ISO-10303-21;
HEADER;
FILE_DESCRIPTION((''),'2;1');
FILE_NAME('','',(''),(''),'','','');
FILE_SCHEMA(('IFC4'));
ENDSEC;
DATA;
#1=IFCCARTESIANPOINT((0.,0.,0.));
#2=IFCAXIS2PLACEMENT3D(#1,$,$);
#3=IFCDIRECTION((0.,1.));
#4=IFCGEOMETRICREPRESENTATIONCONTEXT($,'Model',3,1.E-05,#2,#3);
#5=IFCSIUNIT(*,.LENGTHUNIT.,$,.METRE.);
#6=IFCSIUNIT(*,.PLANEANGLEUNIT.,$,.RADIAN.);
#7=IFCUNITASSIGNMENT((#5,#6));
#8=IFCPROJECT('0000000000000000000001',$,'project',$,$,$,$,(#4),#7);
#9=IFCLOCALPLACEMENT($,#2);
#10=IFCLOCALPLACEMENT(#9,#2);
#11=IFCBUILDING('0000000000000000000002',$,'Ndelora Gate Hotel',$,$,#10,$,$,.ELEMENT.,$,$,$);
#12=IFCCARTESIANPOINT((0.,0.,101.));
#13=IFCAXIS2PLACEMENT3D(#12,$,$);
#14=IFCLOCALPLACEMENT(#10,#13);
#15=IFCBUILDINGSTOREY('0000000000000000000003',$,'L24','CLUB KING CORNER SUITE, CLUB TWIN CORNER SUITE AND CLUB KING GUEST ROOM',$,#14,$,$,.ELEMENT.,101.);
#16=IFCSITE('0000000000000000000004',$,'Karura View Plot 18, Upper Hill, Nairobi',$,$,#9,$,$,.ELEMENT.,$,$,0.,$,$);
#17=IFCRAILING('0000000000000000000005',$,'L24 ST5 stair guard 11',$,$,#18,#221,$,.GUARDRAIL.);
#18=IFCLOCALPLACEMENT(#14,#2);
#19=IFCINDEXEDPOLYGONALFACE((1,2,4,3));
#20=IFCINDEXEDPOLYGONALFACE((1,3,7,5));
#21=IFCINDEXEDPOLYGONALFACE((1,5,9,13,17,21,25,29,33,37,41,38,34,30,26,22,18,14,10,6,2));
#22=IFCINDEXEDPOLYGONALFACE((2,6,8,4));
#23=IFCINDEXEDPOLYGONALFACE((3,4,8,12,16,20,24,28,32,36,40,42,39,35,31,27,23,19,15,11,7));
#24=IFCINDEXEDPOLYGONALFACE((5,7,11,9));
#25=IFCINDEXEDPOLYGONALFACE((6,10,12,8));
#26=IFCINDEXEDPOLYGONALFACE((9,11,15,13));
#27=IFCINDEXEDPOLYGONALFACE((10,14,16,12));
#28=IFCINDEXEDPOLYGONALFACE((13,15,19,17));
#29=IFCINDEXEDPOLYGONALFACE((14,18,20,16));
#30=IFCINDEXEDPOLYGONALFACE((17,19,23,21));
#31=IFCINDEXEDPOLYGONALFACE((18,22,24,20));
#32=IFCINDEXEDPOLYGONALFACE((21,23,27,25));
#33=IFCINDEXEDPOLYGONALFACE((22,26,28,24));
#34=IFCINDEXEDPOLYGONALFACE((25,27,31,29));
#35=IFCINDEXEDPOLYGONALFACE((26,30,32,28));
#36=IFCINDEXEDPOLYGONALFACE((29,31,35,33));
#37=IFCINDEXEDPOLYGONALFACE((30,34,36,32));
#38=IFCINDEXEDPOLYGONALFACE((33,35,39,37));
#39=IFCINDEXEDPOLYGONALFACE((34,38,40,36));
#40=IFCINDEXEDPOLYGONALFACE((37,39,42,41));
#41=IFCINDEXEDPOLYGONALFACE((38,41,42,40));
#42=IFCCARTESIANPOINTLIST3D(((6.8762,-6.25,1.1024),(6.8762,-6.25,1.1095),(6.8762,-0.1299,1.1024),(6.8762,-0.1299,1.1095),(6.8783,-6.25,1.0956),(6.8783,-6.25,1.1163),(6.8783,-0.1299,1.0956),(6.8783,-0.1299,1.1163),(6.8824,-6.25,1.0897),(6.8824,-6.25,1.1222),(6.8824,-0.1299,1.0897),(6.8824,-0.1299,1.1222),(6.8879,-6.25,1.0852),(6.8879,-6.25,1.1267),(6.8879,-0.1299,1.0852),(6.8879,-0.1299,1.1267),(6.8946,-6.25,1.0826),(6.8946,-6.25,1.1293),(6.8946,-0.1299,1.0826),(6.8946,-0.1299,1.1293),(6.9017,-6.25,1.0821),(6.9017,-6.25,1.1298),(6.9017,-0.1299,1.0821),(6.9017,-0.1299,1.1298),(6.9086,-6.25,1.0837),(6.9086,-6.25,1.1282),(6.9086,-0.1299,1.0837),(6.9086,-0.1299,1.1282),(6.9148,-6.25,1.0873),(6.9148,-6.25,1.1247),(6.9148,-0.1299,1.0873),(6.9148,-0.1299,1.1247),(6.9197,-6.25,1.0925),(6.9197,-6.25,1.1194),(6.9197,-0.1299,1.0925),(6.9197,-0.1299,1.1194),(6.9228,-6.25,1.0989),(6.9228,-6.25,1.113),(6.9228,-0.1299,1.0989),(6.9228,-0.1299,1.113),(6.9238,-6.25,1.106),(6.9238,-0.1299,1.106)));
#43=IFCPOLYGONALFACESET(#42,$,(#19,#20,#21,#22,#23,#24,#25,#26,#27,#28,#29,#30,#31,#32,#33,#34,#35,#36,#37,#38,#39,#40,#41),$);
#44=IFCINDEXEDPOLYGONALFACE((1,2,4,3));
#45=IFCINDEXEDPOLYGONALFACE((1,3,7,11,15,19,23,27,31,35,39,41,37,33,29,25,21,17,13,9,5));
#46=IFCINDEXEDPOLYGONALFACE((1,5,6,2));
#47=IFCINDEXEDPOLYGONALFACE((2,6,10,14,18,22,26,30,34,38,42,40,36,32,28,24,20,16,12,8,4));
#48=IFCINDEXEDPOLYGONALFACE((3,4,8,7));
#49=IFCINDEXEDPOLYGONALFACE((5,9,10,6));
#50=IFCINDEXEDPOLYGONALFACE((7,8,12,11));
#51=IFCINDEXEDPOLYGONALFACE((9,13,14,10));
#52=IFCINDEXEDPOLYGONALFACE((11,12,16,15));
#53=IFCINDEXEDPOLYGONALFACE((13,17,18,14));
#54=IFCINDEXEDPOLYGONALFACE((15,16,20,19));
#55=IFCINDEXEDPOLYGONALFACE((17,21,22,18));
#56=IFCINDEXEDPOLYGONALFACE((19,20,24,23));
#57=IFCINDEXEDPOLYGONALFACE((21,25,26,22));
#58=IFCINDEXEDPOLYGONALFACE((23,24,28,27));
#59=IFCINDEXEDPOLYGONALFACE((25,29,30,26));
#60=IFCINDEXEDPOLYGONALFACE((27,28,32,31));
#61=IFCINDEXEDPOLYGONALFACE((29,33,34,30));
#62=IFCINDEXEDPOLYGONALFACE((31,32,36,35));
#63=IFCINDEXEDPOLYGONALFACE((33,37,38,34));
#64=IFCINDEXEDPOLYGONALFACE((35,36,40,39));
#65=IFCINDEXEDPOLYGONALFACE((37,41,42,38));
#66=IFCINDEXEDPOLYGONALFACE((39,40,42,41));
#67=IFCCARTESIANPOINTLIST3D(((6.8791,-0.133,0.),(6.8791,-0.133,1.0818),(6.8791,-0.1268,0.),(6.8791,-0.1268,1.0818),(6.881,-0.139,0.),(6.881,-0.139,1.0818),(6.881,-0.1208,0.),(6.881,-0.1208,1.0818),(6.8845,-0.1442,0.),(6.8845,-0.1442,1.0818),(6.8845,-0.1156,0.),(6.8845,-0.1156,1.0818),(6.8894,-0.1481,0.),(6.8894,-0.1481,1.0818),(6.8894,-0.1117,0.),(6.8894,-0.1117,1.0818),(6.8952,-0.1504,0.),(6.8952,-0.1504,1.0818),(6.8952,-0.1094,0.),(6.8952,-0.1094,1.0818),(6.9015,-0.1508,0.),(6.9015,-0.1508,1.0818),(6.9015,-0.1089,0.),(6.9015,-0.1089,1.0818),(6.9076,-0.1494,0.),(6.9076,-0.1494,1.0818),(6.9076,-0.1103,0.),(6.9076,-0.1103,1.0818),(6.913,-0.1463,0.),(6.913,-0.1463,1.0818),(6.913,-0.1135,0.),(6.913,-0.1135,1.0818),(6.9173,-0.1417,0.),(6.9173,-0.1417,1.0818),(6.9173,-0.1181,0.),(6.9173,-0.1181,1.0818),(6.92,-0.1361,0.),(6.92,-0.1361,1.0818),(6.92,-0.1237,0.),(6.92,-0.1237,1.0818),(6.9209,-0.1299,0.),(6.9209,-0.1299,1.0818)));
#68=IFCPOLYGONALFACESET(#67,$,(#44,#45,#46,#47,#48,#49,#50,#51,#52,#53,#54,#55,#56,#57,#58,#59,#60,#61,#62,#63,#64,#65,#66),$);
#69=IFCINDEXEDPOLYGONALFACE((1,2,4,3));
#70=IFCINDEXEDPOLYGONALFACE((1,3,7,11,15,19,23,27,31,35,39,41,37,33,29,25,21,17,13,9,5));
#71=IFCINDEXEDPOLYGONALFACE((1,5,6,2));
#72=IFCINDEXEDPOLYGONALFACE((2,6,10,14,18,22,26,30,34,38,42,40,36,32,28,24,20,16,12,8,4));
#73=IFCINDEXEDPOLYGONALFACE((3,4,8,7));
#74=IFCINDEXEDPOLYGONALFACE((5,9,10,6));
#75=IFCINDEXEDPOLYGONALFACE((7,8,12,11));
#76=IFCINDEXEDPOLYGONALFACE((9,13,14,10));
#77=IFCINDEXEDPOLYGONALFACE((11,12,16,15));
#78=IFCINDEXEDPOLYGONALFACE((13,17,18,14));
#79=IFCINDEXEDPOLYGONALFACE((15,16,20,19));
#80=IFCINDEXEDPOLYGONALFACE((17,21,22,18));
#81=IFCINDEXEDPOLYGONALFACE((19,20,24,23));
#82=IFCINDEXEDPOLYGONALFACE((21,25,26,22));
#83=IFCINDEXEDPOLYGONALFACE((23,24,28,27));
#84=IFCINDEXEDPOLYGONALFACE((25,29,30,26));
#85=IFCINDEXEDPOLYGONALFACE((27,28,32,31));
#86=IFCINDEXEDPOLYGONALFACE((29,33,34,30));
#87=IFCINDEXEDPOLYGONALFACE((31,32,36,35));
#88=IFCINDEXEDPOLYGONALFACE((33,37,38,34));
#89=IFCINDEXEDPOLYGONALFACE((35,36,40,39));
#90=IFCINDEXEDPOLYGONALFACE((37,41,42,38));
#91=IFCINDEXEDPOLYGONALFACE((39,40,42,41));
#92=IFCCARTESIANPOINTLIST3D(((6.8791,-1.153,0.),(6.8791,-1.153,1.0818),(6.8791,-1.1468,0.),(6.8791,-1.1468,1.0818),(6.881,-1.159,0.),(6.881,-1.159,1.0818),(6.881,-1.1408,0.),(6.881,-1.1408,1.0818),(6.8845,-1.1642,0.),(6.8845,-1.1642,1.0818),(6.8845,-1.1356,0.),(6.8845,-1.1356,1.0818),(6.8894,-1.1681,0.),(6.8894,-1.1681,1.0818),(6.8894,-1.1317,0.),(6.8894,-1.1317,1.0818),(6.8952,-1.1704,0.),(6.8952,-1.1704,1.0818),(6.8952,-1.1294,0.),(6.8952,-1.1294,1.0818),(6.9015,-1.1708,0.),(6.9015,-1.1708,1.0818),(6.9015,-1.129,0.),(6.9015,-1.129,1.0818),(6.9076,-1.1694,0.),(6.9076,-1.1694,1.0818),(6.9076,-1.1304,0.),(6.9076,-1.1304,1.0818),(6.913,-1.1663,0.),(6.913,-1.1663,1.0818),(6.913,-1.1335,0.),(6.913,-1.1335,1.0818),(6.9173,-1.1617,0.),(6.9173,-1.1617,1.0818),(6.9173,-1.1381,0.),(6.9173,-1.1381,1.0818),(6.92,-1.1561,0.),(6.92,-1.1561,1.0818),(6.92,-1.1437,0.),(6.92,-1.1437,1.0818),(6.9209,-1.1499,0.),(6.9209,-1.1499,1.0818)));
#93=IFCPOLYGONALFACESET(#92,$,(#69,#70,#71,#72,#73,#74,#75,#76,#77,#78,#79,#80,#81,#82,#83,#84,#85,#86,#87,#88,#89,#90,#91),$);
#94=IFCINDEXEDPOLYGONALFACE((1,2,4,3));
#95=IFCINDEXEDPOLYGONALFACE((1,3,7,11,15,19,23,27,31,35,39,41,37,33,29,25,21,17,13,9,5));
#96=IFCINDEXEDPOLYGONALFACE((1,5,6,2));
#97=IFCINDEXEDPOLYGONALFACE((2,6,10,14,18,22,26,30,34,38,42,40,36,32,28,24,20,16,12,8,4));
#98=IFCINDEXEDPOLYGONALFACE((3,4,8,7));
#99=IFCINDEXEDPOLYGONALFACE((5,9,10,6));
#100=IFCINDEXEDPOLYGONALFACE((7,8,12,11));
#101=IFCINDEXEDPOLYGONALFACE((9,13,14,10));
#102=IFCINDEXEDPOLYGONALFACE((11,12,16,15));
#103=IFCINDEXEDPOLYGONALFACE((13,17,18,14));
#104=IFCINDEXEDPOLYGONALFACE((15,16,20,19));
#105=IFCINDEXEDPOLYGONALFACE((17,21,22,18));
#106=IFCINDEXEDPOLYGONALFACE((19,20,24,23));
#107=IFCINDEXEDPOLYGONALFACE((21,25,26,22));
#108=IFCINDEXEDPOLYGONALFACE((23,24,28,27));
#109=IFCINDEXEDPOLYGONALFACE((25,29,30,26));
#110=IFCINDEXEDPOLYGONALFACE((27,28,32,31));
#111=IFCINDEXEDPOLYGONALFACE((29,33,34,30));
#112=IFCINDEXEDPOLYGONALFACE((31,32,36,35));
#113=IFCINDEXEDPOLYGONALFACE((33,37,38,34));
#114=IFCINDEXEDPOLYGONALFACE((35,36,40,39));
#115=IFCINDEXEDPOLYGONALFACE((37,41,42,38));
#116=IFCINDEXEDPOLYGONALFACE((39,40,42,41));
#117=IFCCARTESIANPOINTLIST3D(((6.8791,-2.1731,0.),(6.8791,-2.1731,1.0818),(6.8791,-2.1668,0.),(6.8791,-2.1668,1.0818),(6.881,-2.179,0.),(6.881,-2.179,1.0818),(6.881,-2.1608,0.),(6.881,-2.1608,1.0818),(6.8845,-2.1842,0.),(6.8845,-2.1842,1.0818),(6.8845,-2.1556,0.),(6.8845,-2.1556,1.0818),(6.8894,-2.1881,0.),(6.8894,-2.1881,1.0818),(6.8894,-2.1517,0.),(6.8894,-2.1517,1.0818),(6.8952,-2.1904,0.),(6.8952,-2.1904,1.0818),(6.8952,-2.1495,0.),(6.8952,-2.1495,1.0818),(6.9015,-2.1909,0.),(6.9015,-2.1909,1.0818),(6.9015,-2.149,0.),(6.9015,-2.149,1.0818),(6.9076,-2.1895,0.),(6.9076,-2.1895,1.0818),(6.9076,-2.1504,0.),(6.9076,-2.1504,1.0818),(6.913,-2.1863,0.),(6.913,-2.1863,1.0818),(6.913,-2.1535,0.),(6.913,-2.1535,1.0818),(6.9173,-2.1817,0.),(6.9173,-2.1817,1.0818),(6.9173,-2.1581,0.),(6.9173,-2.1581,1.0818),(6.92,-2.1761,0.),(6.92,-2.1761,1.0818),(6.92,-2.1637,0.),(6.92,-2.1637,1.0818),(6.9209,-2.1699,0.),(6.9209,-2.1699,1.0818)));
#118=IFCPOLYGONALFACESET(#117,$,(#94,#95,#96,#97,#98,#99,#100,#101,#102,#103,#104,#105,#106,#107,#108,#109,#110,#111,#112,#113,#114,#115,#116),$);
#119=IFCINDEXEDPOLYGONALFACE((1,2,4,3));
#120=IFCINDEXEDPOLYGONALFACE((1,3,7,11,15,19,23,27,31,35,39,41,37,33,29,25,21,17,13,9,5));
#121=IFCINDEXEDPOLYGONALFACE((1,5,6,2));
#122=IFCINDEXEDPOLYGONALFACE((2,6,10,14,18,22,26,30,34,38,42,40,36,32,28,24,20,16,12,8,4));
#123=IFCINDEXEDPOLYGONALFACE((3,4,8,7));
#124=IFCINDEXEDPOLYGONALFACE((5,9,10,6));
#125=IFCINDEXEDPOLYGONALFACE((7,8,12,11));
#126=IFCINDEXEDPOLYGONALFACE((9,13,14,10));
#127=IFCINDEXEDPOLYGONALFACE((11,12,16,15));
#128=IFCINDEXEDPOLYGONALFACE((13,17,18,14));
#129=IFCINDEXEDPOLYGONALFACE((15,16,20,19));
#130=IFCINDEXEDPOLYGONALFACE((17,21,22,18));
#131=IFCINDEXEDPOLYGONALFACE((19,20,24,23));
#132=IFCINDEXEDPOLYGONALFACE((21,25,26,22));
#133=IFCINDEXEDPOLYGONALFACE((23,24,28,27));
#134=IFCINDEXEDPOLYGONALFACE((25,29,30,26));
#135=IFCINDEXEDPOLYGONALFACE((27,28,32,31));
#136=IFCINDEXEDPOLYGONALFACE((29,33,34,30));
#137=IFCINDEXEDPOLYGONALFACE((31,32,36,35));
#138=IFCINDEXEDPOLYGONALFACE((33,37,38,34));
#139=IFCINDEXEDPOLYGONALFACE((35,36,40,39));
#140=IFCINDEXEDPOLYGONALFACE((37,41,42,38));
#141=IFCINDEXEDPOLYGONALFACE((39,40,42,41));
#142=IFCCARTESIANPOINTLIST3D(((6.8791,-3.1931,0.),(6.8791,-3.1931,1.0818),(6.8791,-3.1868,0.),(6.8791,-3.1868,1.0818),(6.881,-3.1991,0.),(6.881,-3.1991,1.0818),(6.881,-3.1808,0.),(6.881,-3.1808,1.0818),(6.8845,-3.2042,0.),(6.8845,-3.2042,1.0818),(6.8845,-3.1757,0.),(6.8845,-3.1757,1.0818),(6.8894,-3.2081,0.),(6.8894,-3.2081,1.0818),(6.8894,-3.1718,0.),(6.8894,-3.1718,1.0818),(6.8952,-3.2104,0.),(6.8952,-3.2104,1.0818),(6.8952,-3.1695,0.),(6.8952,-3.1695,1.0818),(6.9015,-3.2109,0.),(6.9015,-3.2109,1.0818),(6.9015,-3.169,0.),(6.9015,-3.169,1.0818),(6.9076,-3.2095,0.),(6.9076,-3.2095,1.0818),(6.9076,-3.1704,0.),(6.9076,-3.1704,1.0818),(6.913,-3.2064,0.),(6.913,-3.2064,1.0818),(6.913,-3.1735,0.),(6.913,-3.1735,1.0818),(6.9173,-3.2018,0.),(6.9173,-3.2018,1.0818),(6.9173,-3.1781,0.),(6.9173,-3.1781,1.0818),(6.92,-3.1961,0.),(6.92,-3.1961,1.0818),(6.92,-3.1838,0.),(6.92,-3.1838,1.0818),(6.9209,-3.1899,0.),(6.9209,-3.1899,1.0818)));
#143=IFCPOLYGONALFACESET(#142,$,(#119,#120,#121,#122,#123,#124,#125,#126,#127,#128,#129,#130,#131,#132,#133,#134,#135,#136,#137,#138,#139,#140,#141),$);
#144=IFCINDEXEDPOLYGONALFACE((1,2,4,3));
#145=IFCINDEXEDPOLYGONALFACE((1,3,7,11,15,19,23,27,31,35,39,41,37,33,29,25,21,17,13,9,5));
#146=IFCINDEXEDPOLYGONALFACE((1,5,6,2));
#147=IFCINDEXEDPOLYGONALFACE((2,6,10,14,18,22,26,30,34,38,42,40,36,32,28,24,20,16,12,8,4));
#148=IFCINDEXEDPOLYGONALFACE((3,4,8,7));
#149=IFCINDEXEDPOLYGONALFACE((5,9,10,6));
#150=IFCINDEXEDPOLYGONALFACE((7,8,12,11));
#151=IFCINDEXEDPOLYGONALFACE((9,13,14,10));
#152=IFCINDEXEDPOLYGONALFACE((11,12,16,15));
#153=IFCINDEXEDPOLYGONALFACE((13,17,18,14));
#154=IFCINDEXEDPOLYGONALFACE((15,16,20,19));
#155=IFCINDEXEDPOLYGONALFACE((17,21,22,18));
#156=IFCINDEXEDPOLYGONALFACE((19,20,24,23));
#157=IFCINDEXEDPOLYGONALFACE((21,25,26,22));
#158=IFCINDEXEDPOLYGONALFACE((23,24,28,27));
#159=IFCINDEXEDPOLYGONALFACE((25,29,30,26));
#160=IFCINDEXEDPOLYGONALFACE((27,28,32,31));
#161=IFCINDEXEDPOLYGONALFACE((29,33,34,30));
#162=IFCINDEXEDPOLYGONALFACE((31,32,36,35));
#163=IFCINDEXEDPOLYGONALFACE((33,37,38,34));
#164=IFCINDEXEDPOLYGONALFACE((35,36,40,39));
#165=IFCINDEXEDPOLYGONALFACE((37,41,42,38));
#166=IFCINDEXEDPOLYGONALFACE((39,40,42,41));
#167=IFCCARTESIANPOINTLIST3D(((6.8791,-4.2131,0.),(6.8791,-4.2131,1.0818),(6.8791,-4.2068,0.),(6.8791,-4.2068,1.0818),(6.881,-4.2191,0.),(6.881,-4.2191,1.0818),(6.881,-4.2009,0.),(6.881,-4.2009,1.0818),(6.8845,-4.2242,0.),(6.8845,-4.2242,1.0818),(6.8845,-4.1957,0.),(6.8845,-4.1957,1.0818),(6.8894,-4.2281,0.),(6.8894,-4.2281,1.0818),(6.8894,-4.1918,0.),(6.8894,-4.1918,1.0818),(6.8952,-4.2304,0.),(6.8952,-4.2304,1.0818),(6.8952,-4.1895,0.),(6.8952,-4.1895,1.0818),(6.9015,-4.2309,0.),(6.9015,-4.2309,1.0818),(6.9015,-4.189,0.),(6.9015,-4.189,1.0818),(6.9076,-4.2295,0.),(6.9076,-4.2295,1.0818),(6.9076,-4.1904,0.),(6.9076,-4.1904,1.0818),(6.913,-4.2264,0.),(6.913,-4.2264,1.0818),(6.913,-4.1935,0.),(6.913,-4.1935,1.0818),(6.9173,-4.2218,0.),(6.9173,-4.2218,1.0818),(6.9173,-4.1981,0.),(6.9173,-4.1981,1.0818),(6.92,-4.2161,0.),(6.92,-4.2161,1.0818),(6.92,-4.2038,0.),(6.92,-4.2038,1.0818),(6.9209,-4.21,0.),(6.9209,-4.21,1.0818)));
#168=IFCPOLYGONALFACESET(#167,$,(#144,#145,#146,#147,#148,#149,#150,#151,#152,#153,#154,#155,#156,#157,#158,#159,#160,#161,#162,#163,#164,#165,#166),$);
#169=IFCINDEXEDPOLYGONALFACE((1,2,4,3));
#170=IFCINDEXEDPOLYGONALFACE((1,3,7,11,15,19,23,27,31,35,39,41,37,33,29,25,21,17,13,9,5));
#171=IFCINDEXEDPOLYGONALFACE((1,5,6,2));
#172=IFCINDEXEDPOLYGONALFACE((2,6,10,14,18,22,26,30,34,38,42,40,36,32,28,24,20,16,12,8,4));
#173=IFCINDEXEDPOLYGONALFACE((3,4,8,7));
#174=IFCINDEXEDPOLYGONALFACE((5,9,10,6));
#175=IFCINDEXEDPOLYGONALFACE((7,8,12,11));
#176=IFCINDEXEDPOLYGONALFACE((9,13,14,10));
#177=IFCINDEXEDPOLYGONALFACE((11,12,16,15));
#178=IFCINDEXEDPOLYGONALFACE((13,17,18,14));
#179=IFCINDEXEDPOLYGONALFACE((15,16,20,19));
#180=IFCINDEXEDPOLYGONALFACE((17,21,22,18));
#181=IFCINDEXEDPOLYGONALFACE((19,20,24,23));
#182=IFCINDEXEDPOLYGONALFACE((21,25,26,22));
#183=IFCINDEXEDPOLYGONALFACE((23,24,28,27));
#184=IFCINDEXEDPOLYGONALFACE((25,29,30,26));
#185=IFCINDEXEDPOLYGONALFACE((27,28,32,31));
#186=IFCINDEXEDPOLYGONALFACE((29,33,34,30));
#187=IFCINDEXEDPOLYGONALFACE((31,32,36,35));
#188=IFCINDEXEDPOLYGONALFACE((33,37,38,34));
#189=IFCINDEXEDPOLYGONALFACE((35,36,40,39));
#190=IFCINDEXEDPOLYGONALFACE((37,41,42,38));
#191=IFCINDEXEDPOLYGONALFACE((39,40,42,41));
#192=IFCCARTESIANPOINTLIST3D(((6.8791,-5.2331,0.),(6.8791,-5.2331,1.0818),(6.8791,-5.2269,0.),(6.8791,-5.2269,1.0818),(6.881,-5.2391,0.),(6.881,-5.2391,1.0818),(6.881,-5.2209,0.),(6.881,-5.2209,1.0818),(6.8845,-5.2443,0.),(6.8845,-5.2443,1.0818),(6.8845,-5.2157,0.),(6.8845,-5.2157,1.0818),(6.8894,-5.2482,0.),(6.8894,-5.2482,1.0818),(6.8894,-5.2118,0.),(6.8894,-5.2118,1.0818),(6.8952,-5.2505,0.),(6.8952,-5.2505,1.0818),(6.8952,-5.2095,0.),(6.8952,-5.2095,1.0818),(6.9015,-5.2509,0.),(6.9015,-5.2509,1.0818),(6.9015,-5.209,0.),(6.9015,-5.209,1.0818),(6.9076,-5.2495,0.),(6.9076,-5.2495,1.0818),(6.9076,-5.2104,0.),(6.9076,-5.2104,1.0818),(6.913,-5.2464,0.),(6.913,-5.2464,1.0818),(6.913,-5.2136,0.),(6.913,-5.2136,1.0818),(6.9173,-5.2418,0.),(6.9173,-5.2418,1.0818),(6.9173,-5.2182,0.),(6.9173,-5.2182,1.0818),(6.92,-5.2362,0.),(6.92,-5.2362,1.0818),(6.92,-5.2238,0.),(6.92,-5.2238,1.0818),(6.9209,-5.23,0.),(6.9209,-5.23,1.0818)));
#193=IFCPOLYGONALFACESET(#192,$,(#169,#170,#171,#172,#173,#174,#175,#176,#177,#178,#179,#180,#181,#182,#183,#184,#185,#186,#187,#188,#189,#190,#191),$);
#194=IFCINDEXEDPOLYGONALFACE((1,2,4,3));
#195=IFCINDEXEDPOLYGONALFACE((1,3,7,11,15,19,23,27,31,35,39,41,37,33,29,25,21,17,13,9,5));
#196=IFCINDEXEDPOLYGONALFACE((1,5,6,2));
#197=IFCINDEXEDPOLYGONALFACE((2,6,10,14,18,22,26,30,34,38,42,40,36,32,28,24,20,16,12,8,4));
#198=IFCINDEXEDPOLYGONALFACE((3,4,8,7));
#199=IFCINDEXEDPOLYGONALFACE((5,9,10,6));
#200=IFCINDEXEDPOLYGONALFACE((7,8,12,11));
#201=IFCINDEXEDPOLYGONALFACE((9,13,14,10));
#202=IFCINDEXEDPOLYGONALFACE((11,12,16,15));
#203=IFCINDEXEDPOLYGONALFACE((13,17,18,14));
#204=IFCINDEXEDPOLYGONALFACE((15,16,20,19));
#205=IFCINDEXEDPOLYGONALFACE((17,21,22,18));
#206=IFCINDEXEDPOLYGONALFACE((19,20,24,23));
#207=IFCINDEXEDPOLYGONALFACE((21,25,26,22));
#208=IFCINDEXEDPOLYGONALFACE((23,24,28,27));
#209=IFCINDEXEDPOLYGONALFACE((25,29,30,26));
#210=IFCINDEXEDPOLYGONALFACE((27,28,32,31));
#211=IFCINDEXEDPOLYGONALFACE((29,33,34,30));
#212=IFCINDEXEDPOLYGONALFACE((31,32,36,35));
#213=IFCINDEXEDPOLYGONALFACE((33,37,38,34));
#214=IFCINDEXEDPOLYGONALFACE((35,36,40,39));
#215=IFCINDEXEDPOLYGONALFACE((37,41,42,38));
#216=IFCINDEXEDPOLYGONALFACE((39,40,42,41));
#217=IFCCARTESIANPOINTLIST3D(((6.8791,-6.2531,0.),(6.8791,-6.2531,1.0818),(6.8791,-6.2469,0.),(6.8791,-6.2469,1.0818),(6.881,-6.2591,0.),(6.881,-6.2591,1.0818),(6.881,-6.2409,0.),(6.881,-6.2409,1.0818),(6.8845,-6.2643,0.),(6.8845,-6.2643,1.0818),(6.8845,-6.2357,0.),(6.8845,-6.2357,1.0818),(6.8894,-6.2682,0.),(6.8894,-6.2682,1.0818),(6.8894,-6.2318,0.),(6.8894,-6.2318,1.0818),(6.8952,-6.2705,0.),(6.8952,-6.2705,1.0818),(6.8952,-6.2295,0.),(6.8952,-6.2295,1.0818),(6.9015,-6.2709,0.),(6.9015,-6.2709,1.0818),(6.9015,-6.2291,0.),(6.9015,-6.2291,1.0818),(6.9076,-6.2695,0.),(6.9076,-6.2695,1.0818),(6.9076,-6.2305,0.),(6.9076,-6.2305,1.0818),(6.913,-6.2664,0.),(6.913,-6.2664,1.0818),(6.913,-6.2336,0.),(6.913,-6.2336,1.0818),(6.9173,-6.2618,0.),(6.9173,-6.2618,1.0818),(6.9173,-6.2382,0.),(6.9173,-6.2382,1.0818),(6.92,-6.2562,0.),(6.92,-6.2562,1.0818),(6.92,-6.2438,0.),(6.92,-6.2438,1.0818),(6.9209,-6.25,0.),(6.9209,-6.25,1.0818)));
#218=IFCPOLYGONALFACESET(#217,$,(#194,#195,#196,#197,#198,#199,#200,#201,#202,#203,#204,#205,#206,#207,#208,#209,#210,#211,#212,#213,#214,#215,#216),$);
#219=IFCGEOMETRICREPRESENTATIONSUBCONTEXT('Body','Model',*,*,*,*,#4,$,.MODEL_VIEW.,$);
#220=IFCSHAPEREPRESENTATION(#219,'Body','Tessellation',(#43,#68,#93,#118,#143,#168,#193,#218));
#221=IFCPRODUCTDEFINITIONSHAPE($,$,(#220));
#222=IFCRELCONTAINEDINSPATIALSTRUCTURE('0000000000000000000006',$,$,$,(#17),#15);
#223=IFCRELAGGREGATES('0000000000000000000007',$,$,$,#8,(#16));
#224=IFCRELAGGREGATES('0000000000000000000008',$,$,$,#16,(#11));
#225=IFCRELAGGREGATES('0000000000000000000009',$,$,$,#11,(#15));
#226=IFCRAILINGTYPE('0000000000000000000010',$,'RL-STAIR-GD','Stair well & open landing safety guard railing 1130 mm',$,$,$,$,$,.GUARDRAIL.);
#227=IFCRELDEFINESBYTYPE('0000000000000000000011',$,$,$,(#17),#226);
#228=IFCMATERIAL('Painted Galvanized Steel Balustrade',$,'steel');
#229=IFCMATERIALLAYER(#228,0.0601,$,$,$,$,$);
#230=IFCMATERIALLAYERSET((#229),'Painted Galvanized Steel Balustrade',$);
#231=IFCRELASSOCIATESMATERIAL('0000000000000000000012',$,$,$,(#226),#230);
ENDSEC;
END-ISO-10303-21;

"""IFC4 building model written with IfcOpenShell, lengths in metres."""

from ifc_helpers import new_model, si_unit, direction, frame, origin, origin_2d, place, context, subcontext, project, spatial, circle, extrude, material, layer, layer_set, type_object, element, save


model = new_model("IFC4")

# Units and contexts
model_context = context("Model", 3, precision=1e-05, world=origin(), true_north=direction((0.0, 1.0)))
body_context = subcontext(model_context, "Body", "Model", "MODEL_VIEW")
ifc_project = project(units=[si_unit("LENGTHUNIT", "METRE"), si_unit("PLANEANGLEUNIT", "RADIAN")], contexts=[model_context])

# Site, building, storey
site_placement = place(None, origin())
site = spatial("IfcSite", under=ifc_project, at=site_placement, Name="Karura View Plot 18, Upper Hill, Nairobi", CompositionType="ELEMENT", RefElevation=0.0)
building_placement = place(site_placement, origin())
building = spatial("IfcBuilding", under=site, at=building_placement, Name="Ndelora Gate Hotel", CompositionType="ELEMENT")
storey_placement = place(building_placement, frame((0.0, 0.0, 101.0)))
storey = spatial("IfcBuildingStorey", under=building, at=storey_placement, Name="L24", Description="CLUB KING CORNER SUITE, CLUB TWIN CORNER SUITE AND CLUB KING GUEST ROOM", CompositionType="ELEMENT", Elevation=101.0)

# Railing
ifc_material_1 = material(Name="Painted Galvanized Steel Balustrade", Category="steel")
ifc_layer_1 = layer(ifc_material_1, 0.0601)
ifc_layer_set_1 = layer_set([ifc_layer_1], Name="Painted Galvanized Steel Balustrade")
railing_type = type_object("IfcRailingType", Name="RL-STAIR-GD", Description="Stair well & open landing safety guard railing 1130 mm", PredefinedType="GUARDRAIL", material=ifc_layer_set_1)
railing_1_placement = place(storey_placement, frame((6.8999, -0.1299, 0.0)))
element("IfcRailing", 1, at=railing_1_placement, inside=storey, type_object=railing_type, Name="L24 ST5 stair guard 11", PredefinedType="GUARDRAIL", context=body_context, shape_type="SweptSolid", body=[
    extrude(circle(Radius=0.0239, at=origin_2d()), frame((0.0, 0.0, 1.106), z_axis=(0.0, -1.0, 0.0), x_axis=(1.0, 0.0, 0.0)), (0.0, 0.0, 1.0), 6.1201),
    extrude(circle(Radius=0.021, at=origin_2d()), origin(), (0.0, 0.0, 1.0), 1.0818),
    extrude(circle(Radius=0.021, at=origin_2d()), frame((0.0, -1.02, 0.0)), (0.0, 0.0, 1.0), 1.0818),
    extrude(circle(Radius=0.021, at=origin_2d()), frame((0.0, -2.04, 0.0)), (0.0, 0.0, 1.0), 1.0818),
    extrude(circle(Radius=0.021, at=origin_2d()), frame((0.0, -3.0601, 0.0)), (0.0, 0.0, 1.0), 1.0818),
    extrude(circle(Radius=0.021, at=origin_2d()), frame((0.0, -4.0801, 0.0)), (0.0, 0.0, 1.0), 1.0818),
    extrude(circle(Radius=0.021, at=origin_2d()), frame((0.0, -5.1001, 0.0)), (0.0, 0.0, 1.0), 1.0818),
    extrude(circle(Radius=0.021, at=origin_2d()), frame((0.0, -6.1201, 0.0)), (0.0, 0.0, 1.0), 1.0818),
])

save(model, "model.ifc")
